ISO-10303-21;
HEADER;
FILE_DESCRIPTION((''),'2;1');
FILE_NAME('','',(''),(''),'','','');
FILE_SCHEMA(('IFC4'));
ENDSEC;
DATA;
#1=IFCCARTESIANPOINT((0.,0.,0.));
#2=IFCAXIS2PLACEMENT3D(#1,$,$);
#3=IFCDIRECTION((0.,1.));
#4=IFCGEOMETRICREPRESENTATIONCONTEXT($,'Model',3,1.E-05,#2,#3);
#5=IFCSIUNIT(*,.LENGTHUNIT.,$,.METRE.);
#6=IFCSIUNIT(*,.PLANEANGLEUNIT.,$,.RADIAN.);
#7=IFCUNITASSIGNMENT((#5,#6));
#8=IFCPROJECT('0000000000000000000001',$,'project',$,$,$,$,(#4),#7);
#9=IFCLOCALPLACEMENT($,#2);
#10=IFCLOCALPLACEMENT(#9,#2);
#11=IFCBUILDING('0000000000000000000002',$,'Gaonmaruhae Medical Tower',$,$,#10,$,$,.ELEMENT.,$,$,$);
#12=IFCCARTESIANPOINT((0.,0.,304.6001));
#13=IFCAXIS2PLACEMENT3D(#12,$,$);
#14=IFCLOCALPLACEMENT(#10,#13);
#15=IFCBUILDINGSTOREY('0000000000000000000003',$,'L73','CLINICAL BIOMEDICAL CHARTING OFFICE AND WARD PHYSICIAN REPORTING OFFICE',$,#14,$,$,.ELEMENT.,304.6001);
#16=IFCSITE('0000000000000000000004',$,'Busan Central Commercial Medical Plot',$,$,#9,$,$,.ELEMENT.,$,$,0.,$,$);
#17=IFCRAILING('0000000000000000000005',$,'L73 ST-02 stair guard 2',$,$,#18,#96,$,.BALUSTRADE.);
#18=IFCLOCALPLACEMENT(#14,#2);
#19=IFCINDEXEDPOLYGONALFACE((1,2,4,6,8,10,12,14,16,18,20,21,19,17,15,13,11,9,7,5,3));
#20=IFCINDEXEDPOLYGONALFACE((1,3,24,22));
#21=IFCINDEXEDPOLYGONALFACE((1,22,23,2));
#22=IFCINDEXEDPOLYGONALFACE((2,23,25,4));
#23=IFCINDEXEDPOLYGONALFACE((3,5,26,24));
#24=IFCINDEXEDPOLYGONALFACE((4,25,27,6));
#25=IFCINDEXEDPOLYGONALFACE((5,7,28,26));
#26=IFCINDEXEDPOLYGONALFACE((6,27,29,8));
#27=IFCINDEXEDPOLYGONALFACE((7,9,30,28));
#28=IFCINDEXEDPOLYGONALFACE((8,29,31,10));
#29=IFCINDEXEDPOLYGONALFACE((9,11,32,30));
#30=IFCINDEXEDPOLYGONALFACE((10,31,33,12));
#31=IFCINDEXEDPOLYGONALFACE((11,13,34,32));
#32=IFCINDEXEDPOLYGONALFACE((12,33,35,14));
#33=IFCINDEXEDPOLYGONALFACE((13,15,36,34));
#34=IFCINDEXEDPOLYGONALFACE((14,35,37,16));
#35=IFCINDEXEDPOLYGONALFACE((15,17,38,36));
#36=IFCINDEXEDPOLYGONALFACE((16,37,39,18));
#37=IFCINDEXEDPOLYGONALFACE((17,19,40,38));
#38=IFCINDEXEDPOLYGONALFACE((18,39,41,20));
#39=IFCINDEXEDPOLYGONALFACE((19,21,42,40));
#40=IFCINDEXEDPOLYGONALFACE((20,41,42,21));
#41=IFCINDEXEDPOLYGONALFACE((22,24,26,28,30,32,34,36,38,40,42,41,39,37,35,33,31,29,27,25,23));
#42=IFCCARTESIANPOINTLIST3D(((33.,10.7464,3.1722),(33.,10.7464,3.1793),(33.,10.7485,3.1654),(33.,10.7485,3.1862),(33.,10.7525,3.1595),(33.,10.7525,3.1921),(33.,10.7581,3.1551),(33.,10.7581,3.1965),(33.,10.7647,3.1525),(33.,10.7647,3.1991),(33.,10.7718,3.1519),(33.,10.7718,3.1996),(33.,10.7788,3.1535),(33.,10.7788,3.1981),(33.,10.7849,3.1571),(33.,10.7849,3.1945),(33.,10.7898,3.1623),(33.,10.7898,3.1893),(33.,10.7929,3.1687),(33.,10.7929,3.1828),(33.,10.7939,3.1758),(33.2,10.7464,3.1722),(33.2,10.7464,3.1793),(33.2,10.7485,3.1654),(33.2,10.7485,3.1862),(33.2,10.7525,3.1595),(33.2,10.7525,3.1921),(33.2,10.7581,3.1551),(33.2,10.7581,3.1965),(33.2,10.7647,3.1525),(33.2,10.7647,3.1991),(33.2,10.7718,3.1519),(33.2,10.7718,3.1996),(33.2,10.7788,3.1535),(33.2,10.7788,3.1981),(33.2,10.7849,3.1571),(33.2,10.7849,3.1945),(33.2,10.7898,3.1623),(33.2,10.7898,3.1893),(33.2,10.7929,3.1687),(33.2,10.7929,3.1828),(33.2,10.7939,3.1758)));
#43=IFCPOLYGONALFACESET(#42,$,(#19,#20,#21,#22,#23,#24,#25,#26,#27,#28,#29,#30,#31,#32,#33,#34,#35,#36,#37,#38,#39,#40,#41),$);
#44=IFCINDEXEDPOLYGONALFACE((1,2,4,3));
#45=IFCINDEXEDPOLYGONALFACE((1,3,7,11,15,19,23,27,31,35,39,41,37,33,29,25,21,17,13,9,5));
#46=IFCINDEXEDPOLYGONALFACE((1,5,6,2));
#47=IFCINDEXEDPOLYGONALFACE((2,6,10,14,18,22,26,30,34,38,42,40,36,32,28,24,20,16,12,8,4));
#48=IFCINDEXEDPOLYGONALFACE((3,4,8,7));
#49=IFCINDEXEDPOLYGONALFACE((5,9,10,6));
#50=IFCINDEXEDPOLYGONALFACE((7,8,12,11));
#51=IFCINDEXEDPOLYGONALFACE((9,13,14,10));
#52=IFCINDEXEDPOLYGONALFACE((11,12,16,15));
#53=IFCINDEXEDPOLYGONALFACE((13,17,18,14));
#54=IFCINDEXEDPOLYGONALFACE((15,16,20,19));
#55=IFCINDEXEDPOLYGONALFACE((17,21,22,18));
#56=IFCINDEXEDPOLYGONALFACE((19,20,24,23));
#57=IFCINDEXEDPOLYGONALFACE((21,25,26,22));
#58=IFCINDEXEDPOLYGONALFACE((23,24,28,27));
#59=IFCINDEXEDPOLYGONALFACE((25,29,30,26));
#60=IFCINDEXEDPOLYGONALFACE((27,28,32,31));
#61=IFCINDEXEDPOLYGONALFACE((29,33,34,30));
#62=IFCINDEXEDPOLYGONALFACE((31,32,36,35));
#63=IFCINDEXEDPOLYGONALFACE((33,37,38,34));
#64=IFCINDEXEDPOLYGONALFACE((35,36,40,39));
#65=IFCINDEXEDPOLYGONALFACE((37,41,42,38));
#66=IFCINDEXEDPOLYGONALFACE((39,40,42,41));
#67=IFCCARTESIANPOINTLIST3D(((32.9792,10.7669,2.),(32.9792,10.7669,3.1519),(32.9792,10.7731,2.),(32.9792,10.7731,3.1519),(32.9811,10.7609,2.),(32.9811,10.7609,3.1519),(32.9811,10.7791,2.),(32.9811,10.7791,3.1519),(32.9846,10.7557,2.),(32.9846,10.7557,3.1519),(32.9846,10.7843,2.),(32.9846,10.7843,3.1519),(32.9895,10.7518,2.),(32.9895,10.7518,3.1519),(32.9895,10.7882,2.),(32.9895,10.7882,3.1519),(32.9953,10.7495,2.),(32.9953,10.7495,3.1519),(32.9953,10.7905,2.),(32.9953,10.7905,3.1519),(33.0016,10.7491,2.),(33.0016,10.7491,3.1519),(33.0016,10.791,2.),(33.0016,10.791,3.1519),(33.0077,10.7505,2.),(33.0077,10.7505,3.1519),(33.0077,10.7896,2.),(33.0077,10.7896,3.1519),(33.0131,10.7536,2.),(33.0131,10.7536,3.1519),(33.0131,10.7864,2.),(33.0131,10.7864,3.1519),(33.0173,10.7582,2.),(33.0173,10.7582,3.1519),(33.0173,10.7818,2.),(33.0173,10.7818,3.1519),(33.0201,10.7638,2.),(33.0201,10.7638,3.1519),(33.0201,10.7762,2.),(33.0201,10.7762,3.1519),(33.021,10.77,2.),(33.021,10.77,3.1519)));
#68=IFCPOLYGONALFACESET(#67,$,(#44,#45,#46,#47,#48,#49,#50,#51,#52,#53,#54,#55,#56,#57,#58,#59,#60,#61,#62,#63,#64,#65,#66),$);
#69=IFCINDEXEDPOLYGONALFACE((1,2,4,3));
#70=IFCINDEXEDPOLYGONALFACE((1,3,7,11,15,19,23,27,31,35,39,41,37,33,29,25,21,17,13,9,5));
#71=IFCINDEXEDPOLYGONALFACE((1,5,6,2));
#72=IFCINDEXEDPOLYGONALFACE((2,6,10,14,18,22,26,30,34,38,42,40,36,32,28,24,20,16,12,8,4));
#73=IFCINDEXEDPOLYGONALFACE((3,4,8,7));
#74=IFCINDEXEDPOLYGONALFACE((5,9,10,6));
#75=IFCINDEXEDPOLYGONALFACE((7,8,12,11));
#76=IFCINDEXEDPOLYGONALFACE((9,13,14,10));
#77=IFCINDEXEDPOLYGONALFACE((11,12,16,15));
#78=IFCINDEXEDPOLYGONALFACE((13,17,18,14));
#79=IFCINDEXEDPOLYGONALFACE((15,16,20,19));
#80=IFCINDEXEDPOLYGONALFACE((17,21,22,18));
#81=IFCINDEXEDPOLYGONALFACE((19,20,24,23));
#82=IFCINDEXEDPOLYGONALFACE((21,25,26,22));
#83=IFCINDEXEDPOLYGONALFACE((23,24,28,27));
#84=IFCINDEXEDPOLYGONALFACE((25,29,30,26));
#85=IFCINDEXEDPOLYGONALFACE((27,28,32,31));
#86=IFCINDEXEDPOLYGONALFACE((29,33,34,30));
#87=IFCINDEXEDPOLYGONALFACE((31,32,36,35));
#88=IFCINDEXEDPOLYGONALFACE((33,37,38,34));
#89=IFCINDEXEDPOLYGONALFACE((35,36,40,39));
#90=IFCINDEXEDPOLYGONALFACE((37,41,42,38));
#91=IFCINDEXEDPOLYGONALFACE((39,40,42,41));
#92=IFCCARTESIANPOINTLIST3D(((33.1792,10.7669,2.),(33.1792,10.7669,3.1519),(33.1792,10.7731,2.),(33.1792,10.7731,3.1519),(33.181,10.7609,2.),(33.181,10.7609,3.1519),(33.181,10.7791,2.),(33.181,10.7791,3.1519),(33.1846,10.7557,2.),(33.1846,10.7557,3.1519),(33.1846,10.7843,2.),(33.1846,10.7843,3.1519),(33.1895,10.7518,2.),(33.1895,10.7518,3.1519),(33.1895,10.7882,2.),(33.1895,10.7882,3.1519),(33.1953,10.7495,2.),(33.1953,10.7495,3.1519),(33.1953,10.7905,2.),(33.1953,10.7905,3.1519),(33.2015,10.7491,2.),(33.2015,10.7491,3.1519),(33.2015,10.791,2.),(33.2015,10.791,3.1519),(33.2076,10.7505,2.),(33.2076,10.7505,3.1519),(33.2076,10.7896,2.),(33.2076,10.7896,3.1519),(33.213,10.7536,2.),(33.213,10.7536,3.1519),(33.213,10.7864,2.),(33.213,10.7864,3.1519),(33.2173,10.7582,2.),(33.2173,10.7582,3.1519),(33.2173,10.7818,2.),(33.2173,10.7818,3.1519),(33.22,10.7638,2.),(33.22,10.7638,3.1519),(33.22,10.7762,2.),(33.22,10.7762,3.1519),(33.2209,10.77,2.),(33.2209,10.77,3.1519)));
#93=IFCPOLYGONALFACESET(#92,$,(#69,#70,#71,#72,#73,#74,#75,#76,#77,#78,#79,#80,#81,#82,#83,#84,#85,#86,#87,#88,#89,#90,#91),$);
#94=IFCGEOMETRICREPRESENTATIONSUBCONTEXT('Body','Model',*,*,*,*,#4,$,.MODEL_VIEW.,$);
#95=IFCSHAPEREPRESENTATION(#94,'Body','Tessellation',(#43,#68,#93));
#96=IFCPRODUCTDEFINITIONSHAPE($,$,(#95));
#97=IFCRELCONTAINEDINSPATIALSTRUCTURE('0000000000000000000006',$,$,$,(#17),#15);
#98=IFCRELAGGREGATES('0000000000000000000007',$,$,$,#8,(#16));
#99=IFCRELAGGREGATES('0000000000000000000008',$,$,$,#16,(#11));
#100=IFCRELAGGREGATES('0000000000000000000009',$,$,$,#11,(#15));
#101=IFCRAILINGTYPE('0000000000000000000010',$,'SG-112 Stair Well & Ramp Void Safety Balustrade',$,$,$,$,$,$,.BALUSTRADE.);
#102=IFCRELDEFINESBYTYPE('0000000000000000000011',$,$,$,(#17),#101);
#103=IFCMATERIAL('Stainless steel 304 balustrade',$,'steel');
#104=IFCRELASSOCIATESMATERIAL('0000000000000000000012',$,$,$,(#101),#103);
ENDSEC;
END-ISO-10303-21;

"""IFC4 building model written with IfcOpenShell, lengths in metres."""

from ifc_helpers import new_model, si_unit, direction, frame, origin, origin_2d, place, context, subcontext, project, spatial, circle, extrude, material, type_object, element, save


model = new_model("IFC4")

# Units and contexts
model_context = context("Model", 3, precision=1e-05, world=origin(), true_north=direction((0.0, 1.0)))
body_context = subcontext(model_context, "Body", "Model", "MODEL_VIEW")
ifc_project = project(units=[si_unit("LENGTHUNIT", "METRE"), si_unit("PLANEANGLEUNIT", "RADIAN")], contexts=[model_context])

# Site, building, storey
site_placement = place(None, origin())
site = spatial("IfcSite", under=ifc_project, at=site_placement, Name="Busan Central Commercial Medical Plot", CompositionType="ELEMENT", RefElevation=0.0)
building_placement = place(site_placement, origin())
building = spatial("IfcBuilding", under=site, at=building_placement, Name="Gaonmaruhae Medical Tower", CompositionType="ELEMENT")
storey_placement = place(building_placement, frame((0.0, 0.0, 304.6001)))
storey = spatial("IfcBuildingStorey", under=building, at=storey_placement, Name="L73", Description="CLINICAL BIOMEDICAL CHARTING OFFICE AND WARD PHYSICIAN REPORTING OFFICE", CompositionType="ELEMENT", Elevation=304.6001)

# Railing
ifc_material_1 = material(Name="Stainless steel 304 balustrade", Category="steel")
railing_type_1 = type_object("IfcRailingType", Name="SG-112 Stair Well & Ramp Void Safety Balustrade", PredefinedType="BALUSTRADE", material=ifc_material_1)
railing_1_placement = place(storey_placement, frame((33.0, 10.77, 2.0)))
element("IfcRailing", 1, at=railing_1_placement, inside=storey, type_object=railing_type_1, Name="L73 ST-02 stair guard 2", PredefinedType="BALUSTRADE", context=body_context, shape_type="SweptSolid", body=[
    extrude(circle(Radius=0.0239, at=origin_2d()), frame((0.0, 0.0, 1.1758), z_axis=(1.0, 0.0, 0.0), x_axis=(0.0, 1.0, 0.0)), (0.0, 0.0, 1.0), 0.2),
    extrude(circle(Radius=0.021, at=origin_2d()), origin(), (0.0, 0.0, 1.0), 1.1519),
    extrude(circle(Radius=0.021, at=origin_2d()), frame((0.2, 0.0, 0.0)), (0.0, 0.0, 1.0), 1.1519),
])

save(model, "model.ifc")
